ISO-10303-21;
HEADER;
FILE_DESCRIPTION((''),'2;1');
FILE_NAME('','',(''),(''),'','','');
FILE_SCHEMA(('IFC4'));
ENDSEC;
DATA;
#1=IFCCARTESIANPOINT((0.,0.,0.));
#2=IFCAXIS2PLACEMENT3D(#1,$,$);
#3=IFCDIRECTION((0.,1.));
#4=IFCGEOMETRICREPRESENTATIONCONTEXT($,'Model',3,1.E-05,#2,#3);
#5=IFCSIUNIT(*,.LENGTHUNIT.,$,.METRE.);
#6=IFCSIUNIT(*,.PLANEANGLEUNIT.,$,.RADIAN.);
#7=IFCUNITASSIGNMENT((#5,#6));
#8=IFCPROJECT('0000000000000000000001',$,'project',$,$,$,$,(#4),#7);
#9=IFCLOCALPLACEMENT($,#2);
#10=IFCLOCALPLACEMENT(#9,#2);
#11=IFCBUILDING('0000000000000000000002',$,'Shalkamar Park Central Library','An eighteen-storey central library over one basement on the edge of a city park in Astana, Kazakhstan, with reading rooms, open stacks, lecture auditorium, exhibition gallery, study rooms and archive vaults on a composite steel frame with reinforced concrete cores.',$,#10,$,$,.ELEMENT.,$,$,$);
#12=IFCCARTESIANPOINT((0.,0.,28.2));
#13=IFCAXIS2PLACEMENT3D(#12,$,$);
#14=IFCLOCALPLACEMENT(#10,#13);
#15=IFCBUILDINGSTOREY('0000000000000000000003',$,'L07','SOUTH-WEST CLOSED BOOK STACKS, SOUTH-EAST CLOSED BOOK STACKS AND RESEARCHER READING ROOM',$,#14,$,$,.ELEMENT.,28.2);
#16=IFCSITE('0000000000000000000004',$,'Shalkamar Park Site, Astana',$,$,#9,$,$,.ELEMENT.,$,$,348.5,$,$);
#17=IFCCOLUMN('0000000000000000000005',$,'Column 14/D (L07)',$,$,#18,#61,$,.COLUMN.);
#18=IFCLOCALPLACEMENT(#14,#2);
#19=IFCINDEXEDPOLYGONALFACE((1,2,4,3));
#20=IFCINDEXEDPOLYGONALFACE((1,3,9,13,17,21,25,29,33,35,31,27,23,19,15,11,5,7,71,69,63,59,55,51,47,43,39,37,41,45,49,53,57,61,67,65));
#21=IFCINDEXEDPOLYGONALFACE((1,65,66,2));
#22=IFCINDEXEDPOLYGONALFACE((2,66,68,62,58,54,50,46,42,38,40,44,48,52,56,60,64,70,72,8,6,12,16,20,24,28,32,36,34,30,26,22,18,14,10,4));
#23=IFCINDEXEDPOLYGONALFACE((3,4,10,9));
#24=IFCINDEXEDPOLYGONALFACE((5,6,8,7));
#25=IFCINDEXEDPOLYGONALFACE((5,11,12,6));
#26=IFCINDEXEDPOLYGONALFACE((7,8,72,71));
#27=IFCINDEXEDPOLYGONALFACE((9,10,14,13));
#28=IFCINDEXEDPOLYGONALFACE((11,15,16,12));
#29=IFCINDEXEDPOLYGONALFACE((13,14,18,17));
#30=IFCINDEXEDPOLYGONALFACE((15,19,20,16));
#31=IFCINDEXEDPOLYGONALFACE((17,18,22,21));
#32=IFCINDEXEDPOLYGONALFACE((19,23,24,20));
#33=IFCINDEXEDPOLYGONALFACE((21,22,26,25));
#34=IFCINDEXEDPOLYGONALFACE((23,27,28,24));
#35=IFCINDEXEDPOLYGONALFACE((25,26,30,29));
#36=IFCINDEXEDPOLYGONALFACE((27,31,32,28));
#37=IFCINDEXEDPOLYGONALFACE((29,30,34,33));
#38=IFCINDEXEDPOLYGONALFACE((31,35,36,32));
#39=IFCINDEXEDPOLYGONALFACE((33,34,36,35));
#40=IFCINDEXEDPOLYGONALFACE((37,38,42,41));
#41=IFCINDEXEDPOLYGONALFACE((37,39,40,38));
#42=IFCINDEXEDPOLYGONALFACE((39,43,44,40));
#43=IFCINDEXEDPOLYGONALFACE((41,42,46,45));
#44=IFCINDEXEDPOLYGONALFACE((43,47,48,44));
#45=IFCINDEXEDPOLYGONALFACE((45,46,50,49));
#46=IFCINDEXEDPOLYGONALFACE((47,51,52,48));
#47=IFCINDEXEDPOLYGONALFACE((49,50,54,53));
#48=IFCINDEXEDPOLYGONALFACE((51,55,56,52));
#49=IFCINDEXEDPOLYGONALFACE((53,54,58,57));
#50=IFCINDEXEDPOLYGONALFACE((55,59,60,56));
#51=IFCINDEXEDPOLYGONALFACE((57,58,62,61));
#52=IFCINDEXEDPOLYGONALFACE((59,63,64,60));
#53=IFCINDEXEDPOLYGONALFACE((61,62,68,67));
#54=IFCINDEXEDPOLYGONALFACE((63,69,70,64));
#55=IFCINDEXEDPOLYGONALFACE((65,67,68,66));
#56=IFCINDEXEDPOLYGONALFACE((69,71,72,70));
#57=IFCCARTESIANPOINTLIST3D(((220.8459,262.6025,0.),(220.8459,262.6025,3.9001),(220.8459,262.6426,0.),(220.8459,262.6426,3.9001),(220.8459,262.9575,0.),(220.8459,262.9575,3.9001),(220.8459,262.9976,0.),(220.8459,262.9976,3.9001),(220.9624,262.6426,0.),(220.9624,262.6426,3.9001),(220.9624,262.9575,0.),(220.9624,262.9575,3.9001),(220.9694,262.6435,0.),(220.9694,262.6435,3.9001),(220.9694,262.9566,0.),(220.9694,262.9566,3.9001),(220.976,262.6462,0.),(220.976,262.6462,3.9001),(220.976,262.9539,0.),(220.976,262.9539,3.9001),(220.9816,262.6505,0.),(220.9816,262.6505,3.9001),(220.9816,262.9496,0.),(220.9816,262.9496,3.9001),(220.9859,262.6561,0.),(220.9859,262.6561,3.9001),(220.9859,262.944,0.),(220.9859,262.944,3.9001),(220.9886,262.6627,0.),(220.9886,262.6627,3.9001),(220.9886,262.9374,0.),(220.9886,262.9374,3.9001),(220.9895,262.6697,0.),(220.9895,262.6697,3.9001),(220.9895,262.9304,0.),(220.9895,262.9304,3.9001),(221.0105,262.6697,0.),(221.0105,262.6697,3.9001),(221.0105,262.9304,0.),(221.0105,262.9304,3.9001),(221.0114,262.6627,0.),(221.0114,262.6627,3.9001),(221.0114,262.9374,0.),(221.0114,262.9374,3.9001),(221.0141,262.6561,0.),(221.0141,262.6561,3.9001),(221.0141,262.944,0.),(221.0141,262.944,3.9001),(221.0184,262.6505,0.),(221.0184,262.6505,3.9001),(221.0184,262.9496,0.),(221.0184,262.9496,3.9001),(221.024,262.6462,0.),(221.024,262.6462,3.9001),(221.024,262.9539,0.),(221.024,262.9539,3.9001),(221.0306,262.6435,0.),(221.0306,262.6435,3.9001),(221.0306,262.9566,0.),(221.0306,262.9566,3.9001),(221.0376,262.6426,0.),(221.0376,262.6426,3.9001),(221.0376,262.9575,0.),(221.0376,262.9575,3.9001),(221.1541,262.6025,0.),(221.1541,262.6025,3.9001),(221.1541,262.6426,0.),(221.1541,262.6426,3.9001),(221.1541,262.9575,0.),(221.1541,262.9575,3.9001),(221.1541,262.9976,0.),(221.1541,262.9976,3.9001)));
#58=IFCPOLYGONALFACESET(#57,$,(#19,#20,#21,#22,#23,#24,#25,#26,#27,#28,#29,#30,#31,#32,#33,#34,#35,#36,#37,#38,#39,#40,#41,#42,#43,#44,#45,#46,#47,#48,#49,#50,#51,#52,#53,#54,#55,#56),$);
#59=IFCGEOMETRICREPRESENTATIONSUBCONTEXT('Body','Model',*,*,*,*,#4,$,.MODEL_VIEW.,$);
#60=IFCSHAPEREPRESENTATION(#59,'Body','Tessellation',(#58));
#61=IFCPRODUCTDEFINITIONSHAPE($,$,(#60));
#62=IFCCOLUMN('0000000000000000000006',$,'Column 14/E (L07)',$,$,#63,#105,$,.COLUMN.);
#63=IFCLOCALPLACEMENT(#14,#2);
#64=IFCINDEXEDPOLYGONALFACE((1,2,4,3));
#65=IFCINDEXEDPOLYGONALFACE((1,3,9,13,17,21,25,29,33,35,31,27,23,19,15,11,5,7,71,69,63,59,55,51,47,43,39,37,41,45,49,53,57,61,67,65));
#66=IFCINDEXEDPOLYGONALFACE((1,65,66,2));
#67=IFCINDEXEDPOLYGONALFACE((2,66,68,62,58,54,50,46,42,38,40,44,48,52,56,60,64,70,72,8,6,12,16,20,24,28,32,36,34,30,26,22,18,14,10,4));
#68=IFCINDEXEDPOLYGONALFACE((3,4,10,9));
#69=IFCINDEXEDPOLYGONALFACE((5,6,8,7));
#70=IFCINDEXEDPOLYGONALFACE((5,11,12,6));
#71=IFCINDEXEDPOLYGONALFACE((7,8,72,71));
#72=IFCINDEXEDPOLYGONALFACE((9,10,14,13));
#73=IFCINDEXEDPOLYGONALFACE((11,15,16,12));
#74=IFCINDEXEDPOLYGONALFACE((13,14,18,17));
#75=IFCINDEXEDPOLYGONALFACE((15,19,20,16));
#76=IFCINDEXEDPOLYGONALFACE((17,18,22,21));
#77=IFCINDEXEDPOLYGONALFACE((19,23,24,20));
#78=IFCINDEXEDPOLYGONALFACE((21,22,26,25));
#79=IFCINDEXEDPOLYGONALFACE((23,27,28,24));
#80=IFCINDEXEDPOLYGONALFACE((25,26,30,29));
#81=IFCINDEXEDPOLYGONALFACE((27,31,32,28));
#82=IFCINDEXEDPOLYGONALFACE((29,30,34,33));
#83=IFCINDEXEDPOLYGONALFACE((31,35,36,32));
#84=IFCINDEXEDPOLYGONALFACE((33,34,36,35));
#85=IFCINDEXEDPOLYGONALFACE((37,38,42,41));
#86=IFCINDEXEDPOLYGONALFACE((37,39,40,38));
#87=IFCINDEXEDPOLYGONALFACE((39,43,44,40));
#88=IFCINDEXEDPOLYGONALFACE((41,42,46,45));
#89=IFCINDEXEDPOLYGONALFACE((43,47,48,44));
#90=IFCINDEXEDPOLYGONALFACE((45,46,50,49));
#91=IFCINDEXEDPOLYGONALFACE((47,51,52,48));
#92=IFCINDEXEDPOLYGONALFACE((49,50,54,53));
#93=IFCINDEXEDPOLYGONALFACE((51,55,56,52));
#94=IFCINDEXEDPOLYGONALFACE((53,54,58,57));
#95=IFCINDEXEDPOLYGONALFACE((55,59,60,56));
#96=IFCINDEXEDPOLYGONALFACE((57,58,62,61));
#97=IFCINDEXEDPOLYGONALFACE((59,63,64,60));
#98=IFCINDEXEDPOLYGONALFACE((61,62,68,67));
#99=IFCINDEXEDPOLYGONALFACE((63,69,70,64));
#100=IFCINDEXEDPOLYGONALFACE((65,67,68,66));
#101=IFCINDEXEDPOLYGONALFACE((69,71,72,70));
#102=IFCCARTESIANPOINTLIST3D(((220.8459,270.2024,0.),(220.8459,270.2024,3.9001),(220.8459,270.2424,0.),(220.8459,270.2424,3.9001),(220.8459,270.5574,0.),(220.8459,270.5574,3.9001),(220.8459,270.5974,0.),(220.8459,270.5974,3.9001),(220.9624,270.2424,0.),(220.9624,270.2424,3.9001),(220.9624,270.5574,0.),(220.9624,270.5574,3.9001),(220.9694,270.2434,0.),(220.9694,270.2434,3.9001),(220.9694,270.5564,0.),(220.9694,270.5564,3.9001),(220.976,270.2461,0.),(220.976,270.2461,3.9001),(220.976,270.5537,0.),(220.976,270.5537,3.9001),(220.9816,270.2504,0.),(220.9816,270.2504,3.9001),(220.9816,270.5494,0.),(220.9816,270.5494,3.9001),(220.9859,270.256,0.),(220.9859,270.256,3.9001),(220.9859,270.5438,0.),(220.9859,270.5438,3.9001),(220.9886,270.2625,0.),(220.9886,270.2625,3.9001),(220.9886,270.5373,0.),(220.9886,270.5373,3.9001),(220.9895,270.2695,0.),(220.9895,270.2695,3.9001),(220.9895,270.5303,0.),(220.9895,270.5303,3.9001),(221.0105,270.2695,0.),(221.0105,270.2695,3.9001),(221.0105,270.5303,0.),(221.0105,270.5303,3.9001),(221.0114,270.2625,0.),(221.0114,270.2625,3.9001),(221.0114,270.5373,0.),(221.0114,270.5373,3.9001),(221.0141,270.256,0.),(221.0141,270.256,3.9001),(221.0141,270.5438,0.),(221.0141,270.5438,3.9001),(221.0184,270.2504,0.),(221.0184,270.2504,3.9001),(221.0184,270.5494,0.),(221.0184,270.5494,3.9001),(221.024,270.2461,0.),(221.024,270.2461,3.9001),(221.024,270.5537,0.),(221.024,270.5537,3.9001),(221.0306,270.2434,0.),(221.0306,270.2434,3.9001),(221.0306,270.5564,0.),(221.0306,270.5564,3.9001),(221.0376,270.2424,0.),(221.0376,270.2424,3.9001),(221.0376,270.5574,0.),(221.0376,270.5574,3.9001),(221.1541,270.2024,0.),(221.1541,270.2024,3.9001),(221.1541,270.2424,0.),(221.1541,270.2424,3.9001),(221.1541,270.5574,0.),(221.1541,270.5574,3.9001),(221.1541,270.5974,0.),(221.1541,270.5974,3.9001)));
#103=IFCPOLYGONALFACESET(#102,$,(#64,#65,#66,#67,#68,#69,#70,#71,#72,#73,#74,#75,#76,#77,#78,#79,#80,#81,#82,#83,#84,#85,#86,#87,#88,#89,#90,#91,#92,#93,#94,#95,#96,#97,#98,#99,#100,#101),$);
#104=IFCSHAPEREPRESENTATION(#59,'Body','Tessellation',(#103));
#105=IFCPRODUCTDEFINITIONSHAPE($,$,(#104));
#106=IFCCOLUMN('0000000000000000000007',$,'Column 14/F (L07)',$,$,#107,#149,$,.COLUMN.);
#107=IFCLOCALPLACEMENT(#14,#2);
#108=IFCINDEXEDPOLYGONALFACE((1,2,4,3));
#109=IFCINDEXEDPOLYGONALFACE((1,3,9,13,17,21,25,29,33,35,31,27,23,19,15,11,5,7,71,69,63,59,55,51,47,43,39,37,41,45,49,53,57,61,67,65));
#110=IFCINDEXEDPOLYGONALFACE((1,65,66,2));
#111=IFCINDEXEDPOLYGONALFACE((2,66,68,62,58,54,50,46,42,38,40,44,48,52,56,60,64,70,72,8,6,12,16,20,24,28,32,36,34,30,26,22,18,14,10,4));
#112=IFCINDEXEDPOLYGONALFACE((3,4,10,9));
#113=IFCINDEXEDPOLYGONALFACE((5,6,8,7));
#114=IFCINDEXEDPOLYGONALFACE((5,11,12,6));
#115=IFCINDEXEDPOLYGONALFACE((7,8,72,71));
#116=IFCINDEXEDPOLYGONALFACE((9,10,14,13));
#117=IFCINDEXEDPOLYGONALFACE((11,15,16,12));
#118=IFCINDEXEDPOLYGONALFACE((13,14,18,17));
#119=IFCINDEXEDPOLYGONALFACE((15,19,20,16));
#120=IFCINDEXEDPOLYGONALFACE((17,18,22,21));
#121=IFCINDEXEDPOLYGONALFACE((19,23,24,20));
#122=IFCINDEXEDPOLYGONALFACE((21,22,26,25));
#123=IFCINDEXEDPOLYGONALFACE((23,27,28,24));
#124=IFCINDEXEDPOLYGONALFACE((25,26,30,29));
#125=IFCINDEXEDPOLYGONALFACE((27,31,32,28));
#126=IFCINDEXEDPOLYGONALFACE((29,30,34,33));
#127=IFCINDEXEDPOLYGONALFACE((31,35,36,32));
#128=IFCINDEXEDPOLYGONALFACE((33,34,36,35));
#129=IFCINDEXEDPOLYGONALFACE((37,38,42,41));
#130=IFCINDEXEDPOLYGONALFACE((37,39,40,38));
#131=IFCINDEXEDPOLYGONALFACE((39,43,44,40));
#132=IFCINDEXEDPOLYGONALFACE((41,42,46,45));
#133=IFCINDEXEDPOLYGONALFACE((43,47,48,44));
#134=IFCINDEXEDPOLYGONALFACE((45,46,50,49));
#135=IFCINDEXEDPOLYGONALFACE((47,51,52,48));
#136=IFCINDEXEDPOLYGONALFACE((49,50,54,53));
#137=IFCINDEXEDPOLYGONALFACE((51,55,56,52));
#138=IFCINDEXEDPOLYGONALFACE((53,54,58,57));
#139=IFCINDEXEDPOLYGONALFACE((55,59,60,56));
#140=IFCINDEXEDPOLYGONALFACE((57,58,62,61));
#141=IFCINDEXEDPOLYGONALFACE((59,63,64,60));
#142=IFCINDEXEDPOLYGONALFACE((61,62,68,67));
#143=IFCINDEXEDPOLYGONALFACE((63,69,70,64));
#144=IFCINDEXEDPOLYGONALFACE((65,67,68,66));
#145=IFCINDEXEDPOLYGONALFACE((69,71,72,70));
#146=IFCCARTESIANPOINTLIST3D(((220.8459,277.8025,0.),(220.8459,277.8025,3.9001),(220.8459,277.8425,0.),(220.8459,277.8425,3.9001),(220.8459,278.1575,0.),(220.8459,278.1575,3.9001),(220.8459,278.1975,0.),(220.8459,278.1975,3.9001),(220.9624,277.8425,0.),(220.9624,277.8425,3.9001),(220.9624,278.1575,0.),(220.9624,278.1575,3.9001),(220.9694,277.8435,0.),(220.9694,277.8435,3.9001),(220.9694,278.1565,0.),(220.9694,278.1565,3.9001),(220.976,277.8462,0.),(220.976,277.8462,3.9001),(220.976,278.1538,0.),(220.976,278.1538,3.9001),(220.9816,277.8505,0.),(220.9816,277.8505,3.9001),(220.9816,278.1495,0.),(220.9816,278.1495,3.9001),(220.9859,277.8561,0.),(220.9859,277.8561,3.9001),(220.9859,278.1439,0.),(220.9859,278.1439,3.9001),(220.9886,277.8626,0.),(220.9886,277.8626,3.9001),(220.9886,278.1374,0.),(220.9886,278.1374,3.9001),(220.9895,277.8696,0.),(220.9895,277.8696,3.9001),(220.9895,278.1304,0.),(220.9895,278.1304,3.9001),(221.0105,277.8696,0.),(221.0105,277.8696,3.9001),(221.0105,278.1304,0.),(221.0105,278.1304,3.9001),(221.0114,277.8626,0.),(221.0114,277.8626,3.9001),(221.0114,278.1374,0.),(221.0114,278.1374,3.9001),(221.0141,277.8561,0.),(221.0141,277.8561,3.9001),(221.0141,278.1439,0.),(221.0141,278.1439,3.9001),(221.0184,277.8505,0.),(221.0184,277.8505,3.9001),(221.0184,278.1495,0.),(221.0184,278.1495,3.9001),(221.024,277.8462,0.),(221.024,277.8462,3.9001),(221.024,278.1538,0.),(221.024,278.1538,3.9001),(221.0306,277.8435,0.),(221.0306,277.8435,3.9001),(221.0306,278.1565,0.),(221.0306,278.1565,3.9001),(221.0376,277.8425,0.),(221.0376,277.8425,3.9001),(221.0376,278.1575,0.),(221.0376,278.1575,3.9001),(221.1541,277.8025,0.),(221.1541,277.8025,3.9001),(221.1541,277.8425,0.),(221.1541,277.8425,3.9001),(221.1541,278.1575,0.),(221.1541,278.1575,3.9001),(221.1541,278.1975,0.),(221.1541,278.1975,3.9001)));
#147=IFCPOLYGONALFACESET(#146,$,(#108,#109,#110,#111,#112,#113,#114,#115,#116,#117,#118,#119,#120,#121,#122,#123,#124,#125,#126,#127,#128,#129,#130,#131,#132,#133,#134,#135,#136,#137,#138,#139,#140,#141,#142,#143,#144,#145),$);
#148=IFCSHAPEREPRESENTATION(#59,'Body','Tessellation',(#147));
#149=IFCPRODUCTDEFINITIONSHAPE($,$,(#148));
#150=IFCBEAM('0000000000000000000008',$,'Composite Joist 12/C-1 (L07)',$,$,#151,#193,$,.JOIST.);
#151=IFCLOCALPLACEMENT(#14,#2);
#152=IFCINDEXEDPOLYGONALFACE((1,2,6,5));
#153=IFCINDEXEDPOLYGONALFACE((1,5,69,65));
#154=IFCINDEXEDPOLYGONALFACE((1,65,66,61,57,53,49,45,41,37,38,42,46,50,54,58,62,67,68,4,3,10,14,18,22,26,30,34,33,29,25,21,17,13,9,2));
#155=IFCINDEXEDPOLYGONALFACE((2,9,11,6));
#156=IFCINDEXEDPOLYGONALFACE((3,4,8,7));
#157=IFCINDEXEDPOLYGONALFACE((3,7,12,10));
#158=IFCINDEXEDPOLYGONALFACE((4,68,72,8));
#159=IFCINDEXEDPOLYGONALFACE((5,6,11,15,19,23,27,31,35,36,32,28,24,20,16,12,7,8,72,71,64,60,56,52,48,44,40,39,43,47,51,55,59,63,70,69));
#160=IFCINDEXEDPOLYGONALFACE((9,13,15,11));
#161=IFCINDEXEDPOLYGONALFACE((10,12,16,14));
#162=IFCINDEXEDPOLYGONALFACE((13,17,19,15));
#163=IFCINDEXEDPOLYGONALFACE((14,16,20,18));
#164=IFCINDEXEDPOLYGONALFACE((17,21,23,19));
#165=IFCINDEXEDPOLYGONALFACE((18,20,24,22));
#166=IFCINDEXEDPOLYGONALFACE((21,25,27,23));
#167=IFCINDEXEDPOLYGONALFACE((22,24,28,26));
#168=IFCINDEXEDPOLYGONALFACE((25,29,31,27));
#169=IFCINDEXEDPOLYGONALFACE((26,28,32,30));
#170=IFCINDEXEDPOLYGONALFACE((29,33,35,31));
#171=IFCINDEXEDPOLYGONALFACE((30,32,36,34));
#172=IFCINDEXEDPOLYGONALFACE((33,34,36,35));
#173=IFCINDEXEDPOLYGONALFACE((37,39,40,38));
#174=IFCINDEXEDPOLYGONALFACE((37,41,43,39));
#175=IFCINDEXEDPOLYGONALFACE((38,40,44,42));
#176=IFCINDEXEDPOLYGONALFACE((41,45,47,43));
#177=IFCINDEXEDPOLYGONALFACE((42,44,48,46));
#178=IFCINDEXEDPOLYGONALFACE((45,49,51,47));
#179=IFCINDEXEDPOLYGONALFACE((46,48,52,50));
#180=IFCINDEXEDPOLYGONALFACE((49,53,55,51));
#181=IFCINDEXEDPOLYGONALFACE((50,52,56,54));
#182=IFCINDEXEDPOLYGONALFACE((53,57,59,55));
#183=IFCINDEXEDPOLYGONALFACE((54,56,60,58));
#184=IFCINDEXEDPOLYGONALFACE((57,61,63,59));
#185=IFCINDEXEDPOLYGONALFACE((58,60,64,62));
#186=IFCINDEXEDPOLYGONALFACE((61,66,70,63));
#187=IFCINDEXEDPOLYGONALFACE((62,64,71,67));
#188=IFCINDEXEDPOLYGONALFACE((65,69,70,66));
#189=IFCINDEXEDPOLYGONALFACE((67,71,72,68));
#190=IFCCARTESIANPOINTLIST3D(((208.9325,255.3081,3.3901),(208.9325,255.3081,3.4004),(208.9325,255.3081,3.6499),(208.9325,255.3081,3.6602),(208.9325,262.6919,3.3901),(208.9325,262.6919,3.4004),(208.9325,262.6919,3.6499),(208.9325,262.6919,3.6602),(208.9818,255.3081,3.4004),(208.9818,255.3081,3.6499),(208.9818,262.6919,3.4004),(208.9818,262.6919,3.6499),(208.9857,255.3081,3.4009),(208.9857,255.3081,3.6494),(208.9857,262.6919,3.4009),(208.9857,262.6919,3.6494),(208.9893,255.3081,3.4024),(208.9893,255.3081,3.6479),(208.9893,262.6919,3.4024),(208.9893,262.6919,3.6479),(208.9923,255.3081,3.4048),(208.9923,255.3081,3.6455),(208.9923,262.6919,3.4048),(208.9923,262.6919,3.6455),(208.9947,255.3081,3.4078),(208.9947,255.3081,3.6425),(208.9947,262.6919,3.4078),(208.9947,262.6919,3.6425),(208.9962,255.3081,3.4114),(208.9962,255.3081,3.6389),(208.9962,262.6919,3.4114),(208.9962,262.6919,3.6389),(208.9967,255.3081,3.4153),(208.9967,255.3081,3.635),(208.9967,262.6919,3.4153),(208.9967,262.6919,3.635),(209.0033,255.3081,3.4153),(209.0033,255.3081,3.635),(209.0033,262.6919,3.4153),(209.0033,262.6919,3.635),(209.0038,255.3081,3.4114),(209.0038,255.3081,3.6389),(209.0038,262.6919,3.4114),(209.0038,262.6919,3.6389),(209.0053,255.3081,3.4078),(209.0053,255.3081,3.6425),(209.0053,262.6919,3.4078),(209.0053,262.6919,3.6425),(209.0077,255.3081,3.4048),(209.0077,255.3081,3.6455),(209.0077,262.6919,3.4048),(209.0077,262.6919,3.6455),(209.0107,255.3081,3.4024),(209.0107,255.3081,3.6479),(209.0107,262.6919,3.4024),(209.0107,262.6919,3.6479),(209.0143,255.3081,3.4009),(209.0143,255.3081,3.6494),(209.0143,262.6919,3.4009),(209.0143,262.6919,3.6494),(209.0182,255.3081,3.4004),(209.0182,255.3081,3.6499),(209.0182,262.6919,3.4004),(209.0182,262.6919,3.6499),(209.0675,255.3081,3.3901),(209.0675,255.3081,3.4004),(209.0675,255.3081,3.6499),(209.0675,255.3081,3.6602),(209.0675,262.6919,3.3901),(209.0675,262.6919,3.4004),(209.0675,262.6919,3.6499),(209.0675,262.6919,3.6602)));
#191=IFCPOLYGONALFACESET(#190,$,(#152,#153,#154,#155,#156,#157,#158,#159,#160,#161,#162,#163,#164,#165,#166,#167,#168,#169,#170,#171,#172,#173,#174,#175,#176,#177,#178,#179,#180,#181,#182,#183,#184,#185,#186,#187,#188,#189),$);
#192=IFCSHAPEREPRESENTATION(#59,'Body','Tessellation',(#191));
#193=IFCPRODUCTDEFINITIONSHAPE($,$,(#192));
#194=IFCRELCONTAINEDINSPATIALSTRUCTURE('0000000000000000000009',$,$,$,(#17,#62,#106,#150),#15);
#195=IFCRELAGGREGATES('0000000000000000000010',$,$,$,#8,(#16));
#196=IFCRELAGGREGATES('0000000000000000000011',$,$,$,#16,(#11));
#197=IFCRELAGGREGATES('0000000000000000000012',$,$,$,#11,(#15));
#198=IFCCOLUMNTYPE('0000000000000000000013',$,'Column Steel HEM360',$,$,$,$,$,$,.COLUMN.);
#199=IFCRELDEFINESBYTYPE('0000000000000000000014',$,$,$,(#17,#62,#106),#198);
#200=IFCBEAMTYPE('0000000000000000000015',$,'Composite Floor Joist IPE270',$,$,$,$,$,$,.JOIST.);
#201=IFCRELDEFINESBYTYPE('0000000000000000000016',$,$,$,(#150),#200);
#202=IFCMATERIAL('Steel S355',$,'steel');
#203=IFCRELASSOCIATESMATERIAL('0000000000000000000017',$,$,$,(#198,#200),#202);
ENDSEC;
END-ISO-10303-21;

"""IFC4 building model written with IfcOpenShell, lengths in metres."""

from ifc_helpers import new_model, si_unit, direction, frame, origin, origin_2d, place, context, subcontext, project, spatial, i_section, extrude, material, material_profile, profile_set, type_object, element, save


model = new_model("IFC4")

# Units and contexts
model_context = context("Model", 3, precision=1e-05, world=origin(), true_north=direction((0.0, 1.0)))
body_context = subcontext(model_context, "Body", "Model", "MODEL_VIEW")
ifc_project = project(units=[si_unit("LENGTHUNIT", "METRE"), si_unit("PLANEANGLEUNIT", "RADIAN")], contexts=[model_context])

# Site, building, storey
site_placement = place(None, origin())
site = spatial("IfcSite", under=ifc_project, at=site_placement, Name="Shalkamar Park Site, Astana", CompositionType="ELEMENT", RefElevation=348.5)
building_placement = place(site_placement, origin())
building = spatial("IfcBuilding", under=site, at=building_placement, Name="Shalkamar Park Central Library", Description="An eighteen-storey central library over one basement on the edge of a city park in Astana, Kazakhstan, with reading rooms, open stacks, lecture auditorium, exhibition gallery, study rooms and archive vaults on a composite steel frame with reinforced concrete cores.", CompositionType="ELEMENT")
storey_placement = place(building_placement, frame((0.0, 0.0, 28.2)))
storey = spatial("IfcBuildingStorey", under=building, at=storey_placement, Name="L07", Description="SOUTH-WEST CLOSED BOOK STACKS, SOUTH-EAST CLOSED BOOK STACKS AND RESEARCHER READING ROOM", CompositionType="ELEMENT", Elevation=28.2)

# Columns
ifc_material_1 = material(Name="Steel S355", Category="steel")
ifc_material_profile_1 = material_profile(ifc_material_1, i_section(OverallWidth=0.3081, OverallDepth=0.395, WebThickness=0.021, FlangeThickness=0.04, FilletRadius=0.0271, at=origin_2d()), Name="HEM 360")
ifc_profile_set_1 = profile_set([ifc_material_profile_1], Name="Steel S355")
column_type_1 = type_object("IfcColumnType", Name="Column Steel HEM360", PredefinedType="COLUMN", material=ifc_profile_set_1)
for number, where, z_axis, x_axis, name in (
    (1, (221.0, 262.8, 0.0), (0.0, 0.0, 1.0), (1.0, 0.0, 0.0), "Column 14/D (L07)"),
    (2, (221.0, 270.3999, 0.0), (0.0, 0.0, 1.0), (1.0, 0.0, 0.0), "Column 14/E (L07)"),
    (3, (221.0, 278.0, 0.0), (0.0, 0.0, 1.0), (1.0, 0.0, 0.0), "Column 14/F (L07)"),
):
    element("IfcColumn", number, at=place(storey_placement, frame(where, z_axis=z_axis, x_axis=x_axis)), inside=storey, type_object=column_type_1, Name=name, PredefinedType="COLUMN", context=body_context, shape_type="SweptSolid", body=[
        extrude(i_section(OverallWidth=0.3081, OverallDepth=0.395, WebThickness=0.021, FlangeThickness=0.04, FilletRadius=0.0271, at=origin_2d()), origin(), (0.0, 0.0, 1.0), 3.9001),
    ])

# Beam
ifc_material_profile_2 = material_profile(ifc_material_1, i_section(OverallWidth=0.135, OverallDepth=0.27, WebThickness=0.0066, FlangeThickness=0.0103, FilletRadius=0.0149, at=origin_2d()), Name="IPE 270")
ifc_profile_set_2 = profile_set([ifc_material_profile_2], Name="Steel S355")
beam_type_1 = type_object("IfcBeamType", Name="Composite Floor Joist IPE270", PredefinedType="JOIST", material=ifc_profile_set_2)
beam_1_placement = place(storey_placement, frame((209.0, 255.3081, 3.5251), z_axis=(0.0, 1.0, 0.0), x_axis=(-1.0, 0.0, 0.0)))
element("IfcBeam", 4, at=beam_1_placement, inside=storey, type_object=beam_type_1, Name="Composite Joist 12/C-1 (L07)", PredefinedType="JOIST", context=body_context, shape_type="SweptSolid", body=[
    extrude(i_section(OverallWidth=0.135, OverallDepth=0.27, WebThickness=0.0066, FlangeThickness=0.0103, FilletRadius=0.0149, at=origin_2d()), origin(), (0.0, 0.0, 1.0), 7.3838),
])

save(model, "model.ifc")
